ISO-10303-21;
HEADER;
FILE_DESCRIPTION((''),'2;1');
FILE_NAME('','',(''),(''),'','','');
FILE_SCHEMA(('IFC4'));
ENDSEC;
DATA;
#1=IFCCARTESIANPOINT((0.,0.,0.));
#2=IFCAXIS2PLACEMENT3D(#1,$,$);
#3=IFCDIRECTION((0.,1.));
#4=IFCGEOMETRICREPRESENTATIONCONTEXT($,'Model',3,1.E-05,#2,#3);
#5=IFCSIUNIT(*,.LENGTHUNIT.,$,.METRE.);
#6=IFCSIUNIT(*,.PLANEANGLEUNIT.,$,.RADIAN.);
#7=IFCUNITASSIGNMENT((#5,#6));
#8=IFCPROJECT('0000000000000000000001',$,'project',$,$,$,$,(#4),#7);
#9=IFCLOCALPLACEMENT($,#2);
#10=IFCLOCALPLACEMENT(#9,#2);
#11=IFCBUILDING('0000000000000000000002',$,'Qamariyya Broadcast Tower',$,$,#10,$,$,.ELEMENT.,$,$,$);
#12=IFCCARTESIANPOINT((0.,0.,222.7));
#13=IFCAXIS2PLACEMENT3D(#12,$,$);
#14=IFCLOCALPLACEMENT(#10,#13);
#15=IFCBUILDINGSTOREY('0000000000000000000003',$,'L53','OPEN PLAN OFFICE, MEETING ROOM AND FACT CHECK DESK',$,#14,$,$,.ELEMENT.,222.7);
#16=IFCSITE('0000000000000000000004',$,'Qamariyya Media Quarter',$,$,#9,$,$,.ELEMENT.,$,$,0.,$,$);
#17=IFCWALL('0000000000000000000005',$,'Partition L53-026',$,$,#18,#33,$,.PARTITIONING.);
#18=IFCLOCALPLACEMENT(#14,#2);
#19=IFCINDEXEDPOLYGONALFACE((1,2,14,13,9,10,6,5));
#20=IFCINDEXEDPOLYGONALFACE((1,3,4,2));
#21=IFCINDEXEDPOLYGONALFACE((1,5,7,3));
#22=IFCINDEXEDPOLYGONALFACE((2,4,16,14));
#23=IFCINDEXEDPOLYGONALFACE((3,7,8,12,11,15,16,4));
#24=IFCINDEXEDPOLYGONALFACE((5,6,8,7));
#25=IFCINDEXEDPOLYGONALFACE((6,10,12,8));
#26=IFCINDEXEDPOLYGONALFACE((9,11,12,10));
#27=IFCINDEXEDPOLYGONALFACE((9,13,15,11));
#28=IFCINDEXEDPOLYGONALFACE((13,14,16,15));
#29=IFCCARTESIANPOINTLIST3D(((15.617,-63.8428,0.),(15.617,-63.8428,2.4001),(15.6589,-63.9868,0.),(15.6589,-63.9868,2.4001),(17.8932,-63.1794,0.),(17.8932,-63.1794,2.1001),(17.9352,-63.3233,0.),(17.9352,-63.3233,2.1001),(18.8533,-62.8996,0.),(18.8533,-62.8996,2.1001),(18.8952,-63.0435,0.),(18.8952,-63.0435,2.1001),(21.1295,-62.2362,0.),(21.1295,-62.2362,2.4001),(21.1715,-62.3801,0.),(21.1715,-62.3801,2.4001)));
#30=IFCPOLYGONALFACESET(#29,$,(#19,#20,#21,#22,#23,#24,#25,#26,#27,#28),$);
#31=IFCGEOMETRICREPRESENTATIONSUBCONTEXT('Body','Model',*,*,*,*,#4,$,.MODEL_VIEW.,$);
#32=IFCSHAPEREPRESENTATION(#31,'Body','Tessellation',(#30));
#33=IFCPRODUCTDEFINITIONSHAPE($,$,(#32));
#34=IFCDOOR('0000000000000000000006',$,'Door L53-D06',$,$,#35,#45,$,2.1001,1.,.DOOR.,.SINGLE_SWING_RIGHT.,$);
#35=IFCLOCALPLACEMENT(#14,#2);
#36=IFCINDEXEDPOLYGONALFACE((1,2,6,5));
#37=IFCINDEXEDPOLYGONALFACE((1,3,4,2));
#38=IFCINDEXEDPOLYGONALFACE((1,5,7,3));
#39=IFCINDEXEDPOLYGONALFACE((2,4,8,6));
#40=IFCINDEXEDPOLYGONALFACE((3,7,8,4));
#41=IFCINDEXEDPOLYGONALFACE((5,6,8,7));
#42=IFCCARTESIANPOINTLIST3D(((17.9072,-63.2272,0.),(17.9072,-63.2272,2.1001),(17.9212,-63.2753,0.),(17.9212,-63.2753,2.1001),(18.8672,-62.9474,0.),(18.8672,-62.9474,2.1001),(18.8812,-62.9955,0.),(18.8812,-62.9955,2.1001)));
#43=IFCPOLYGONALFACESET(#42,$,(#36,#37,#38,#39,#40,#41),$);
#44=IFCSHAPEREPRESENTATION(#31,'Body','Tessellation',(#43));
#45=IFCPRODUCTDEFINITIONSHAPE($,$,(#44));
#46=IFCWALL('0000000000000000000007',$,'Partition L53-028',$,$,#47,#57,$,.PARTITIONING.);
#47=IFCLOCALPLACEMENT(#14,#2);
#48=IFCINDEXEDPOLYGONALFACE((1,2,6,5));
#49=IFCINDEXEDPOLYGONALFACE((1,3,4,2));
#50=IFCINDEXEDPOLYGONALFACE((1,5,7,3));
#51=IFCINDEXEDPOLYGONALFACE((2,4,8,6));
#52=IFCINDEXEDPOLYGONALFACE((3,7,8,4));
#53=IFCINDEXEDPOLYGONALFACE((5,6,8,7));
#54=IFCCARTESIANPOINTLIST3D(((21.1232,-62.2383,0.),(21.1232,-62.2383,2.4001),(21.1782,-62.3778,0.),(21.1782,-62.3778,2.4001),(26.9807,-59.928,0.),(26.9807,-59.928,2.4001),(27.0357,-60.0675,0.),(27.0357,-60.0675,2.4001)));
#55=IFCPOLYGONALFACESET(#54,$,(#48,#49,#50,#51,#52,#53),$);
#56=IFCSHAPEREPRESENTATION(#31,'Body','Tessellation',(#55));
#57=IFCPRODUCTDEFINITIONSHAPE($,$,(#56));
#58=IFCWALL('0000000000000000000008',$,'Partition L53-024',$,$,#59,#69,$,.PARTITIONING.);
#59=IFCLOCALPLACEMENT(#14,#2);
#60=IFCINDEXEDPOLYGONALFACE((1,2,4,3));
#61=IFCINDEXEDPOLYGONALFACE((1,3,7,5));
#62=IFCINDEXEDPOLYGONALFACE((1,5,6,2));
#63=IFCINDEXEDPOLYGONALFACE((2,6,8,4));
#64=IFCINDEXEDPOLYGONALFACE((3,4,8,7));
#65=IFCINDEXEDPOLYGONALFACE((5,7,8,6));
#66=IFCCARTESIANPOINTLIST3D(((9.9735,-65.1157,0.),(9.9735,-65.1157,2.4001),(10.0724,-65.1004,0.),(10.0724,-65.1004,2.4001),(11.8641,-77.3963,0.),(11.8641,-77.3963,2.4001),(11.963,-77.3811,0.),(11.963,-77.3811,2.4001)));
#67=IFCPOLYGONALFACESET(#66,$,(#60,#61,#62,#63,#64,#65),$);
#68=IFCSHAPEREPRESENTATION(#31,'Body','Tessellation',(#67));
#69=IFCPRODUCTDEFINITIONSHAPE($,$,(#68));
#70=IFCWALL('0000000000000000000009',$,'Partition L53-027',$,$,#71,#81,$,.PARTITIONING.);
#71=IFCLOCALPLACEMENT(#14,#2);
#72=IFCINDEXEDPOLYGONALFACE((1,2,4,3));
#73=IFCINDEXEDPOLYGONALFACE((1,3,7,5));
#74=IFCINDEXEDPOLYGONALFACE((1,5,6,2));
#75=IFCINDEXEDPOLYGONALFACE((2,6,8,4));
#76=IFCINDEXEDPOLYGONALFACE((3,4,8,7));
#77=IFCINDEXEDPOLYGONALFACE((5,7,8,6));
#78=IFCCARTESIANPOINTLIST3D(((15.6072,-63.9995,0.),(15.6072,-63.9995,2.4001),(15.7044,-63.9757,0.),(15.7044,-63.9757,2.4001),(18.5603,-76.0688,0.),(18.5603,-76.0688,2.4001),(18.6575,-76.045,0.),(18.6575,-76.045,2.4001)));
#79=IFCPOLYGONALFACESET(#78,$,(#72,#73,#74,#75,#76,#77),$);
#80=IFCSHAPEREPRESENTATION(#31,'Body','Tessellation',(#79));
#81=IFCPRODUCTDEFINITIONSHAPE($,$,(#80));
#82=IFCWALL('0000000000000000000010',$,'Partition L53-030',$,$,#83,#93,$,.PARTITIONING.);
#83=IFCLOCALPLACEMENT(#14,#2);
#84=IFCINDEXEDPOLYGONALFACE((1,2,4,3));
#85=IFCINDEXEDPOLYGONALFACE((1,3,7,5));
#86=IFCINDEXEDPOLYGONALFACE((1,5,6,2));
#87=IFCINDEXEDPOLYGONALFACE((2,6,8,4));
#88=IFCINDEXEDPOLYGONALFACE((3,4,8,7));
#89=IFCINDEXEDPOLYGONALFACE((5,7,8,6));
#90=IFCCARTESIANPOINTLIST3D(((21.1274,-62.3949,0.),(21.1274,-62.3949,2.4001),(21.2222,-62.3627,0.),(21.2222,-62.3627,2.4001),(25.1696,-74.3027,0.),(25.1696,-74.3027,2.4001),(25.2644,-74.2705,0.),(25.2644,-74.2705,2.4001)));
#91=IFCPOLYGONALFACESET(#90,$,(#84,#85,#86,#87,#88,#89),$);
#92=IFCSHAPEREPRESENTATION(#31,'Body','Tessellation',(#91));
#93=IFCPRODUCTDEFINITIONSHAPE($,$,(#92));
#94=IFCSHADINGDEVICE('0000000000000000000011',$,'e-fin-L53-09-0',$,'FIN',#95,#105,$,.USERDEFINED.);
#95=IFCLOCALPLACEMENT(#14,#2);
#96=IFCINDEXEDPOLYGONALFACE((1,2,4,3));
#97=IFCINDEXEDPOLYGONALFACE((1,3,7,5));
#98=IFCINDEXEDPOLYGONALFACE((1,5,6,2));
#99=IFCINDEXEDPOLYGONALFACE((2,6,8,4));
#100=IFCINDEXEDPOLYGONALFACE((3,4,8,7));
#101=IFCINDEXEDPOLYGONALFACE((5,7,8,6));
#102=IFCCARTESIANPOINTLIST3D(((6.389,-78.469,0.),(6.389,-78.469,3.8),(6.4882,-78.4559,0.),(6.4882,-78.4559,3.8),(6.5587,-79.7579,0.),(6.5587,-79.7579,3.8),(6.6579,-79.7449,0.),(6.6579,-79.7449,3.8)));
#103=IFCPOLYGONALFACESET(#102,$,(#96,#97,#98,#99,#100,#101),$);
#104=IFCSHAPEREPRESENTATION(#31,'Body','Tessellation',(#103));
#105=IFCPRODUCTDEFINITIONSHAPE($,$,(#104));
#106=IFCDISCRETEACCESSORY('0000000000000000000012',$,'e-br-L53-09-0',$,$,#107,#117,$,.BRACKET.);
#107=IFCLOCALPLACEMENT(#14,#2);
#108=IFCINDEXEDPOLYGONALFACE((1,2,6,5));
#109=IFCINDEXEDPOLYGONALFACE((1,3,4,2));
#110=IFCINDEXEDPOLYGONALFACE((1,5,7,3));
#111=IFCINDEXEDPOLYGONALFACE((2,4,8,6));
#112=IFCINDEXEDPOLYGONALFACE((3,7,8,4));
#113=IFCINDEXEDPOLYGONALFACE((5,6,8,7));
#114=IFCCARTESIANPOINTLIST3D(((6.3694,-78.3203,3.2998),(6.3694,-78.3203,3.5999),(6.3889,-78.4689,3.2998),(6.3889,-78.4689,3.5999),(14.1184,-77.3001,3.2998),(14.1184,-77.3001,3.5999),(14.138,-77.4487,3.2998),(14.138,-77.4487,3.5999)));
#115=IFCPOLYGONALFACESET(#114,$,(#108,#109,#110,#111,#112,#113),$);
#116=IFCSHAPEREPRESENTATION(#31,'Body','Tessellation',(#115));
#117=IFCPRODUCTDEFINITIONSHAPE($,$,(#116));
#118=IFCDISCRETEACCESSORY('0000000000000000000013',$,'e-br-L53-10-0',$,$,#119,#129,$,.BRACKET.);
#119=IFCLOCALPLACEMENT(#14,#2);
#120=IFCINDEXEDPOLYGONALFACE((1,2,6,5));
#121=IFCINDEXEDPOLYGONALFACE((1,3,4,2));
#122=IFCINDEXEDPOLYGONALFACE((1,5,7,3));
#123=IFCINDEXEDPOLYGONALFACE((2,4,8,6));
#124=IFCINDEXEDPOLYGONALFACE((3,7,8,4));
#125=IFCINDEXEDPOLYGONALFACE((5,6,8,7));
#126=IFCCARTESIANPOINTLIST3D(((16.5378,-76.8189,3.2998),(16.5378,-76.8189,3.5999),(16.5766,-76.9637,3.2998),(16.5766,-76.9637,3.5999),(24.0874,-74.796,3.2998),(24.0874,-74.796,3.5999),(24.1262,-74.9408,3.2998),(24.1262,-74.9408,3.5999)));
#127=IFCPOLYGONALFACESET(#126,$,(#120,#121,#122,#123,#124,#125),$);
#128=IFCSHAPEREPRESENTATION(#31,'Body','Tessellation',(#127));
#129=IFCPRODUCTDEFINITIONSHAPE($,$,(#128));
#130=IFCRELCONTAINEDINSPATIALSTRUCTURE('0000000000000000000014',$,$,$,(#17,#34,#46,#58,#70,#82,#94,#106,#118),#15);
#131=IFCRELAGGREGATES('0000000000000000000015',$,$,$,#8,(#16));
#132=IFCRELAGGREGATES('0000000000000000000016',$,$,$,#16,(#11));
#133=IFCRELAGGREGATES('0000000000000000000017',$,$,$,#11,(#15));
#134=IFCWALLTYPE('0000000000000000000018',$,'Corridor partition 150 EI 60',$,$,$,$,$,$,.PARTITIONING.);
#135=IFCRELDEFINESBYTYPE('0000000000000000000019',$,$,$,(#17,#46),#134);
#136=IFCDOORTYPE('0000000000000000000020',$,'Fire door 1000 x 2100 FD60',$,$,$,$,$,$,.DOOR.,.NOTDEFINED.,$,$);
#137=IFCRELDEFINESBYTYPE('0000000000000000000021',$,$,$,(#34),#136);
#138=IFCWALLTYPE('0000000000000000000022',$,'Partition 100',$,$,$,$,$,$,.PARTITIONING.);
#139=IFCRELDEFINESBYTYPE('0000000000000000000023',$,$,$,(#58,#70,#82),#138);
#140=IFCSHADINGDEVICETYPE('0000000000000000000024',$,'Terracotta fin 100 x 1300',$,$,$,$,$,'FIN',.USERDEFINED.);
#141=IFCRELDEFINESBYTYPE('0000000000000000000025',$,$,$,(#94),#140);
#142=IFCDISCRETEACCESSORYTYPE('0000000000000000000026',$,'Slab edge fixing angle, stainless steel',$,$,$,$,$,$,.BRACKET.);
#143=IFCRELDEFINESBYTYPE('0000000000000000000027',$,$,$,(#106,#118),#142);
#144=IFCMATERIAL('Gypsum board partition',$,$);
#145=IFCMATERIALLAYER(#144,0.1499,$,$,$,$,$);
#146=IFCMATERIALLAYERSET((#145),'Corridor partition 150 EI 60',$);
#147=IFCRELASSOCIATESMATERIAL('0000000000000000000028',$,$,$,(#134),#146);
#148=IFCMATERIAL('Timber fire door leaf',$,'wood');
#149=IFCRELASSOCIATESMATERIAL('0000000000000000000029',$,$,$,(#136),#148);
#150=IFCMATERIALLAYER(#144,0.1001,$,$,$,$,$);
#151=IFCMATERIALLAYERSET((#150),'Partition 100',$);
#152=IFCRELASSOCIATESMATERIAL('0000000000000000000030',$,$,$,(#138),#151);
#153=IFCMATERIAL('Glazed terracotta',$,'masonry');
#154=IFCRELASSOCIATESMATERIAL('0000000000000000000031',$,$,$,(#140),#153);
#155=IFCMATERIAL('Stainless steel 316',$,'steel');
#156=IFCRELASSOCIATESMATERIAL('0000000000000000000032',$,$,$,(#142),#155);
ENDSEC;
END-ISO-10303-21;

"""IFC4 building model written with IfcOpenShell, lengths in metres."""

from ifc_helpers import new_model, si_unit, direction, frame, frame_2d, origin, origin_2d, place, context, subcontext, project, spatial, rectangle, extrude, material, layer, layer_set, material_profile, profile_set, type_object, element, fill, save


model = new_model("IFC4")

# Units and contexts
model_context = context("Model", 3, precision=1e-05, world=origin(), true_north=direction((0.0, 1.0)))
body_context = subcontext(model_context, "Body", "Model", "MODEL_VIEW")
ifc_project = project(units=[si_unit("LENGTHUNIT", "METRE"), si_unit("PLANEANGLEUNIT", "RADIAN")], contexts=[model_context])

# Site, building, storey
site_placement = place(None, origin())
site = spatial("IfcSite", under=ifc_project, at=site_placement, Name="Qamariyya Media Quarter", CompositionType="ELEMENT", RefElevation=0.0)
building_placement = place(site_placement, origin())
building = spatial("IfcBuilding", under=site, at=building_placement, Name="Qamariyya Broadcast Tower", CompositionType="ELEMENT")
storey_placement = place(building_placement, frame((0.0, 0.0, 222.7)))
storey = spatial("IfcBuildingStorey", under=building, at=storey_placement, Name="L53", Description="OPEN PLAN OFFICE, MEETING ROOM AND FACT CHECK DESK", CompositionType="ELEMENT", Elevation=222.7)

# Wall, opening, door
ifc_material_1 = material(Name="Gypsum board partition")
ifc_layer_1 = layer(ifc_material_1, 0.1499)
ifc_layer_set_1 = layer_set([ifc_layer_1], Name="Corridor partition 150 EI 60")
wall_type_1 = type_object("IfcWallType", Name="Corridor partition 150 EI 60", PredefinedType="PARTITIONING", material=ifc_layer_set_1)
ifc_material_2 = material(Name="Timber fire door leaf", Category="wood")
door_type = type_object("IfcDoorType", Name="Fire door 1000 x 2100 FD60", OperationType="NOTDEFINED", PredefinedType="DOOR", material=ifc_material_2)
wall_1_placement = place(storey_placement, frame((21.1506, -62.3081, 0.0), z_axis=(0.0, 0.0, 1.0), x_axis=(-0.960055, -0.279811, 0.0)))
wall_1 = element("IfcWall", 1, at=wall_1_placement, inside=storey, type_object=wall_type_1, Name="Partition L53-026", PredefinedType="PARTITIONING", context=body_context, shape_type="SweptSolid", body=[
    extrude(rectangle(XDim=5.7419, YDim=0.1499, at=frame_2d((2.8711, 0.0))), origin(), (0.0, 0.0, 1.0), 2.4001),
])
opening_1_placement = place(wall_1_placement, frame((2.3711, 0.0, 0.0)))
opening_1 = element("IfcOpeningElement", 2, at=opening_1_placement, cuts=wall_1, PredefinedType="OPENING", context=body_context, shape_type="SweptSolid", body=[
    extrude(rectangle(XDim=1.0, YDim=2.1001, at=frame_2d((0.5, 1.05))), frame((0.0, 0.085, 0.0), z_axis=(0.0, -1.0, 0.0), x_axis=(1.0, 0.0, 0.0)), (0.0, 0.0, 1.0), 0.1699),
])
door_1_placement = place(opening_1_placement, origin())
door_1 = element("IfcDoor", 3, at=door_1_placement, inside=storey, type_object=door_type, Name="Door L53-D06", OperationType="SINGLE_SWING_RIGHT", OverallHeight=2.1001, OverallWidth=1.0, PredefinedType="DOOR", context=body_context, shape_type="SweptSolid", body=[
    extrude(rectangle(XDim=1.0, YDim=2.1001, at=frame_2d((0.5, 1.05))), frame((0.0, 0.0249, 0.0), z_axis=(0.0, -1.0, 0.0), x_axis=(1.0, 0.0, 0.0)), (0.0, 0.0, 1.0), 0.05),
])
fill(opening_1, door_1)

# Walls
wall_2_placement = place(storey_placement, frame((21.1506, -62.3081, 0.0), z_axis=(0.0, 0.0, 1.0), x_axis=(0.930255, 0.366914, 0.0)))
element("IfcWall", 4, at=wall_2_placement, inside=storey, type_object=wall_type_1, Name="Partition L53-028", PredefinedType="PARTITIONING", context=body_context, shape_type="SweptSolid", body=[
    extrude(rectangle(XDim=6.2966, YDim=0.1499, at=frame_2d((3.1484, 0.0))), origin(), (0.0, 0.0, 1.0), 2.4001),
])
ifc_layer_2 = layer(ifc_material_1, 0.1001)
ifc_layer_set_2 = layer_set([ifc_layer_2], Name="Partition 100")
wall_type_2 = type_object("IfcWallType", Name="Partition 100", PredefinedType="PARTITIONING", material=ifc_layer_set_2)
for number, where, z_axis, x_axis, name in (
    (5, (11.9136, -77.3887, 0.0), (0.0, 0.0, 1.0), (-0.152161, 0.988356, 0.0), "Partition L53-024"),
    (6, (18.6089, -76.0569, 0.0), (0.0, 0.0, 1.0), (-0.237669, 0.971346, 0.0), "Partition L53-027"),
):
    element("IfcWall", number, at=place(storey_placement, frame(where, z_axis=z_axis, x_axis=x_axis)), inside=storey, type_object=wall_type_2, Name=name, PredefinedType="PARTITIONING", context=body_context, shape_type="SweptSolid", body=[
        extrude(rectangle(XDim=12.4253, YDim=0.1001, at=frame_2d((6.2126, 0.0))), origin(), (0.0, 0.0, 1.0), 2.4001),
    ])
wall_3_placement = place(storey_placement, frame((25.217, -74.2866, 0.0), z_axis=(0.0, 0.0, 1.0), x_axis=(-0.321447, 0.946927, 0.0)))
element("IfcWall", 7, at=wall_3_placement, inside=storey, type_object=wall_type_2, Name="Partition L53-030", PredefinedType="PARTITIONING", context=body_context, shape_type="SweptSolid", body=[
    extrude(rectangle(XDim=12.5752, YDim=0.1001, at=frame_2d((6.2876, 0.0))), origin(), (0.0, 0.0, 1.0), 2.4001),
])

# Shading device
ifc_material_3 = material(Name="Glazed terracotta", Category="masonry")
ifc_material_profile_1 = material_profile(ifc_material_3, rectangle(XDim=1.3, YDim=0.1001, at=origin_2d()))
ifc_profile_set_1 = profile_set([ifc_material_profile_1], Name="Glazed terracotta")
shading_device_type_1 = type_object("IfcShadingDeviceType", Name="Terracotta fin 100 x 1300", ElementType="FIN", PredefinedType="USERDEFINED", material=ifc_profile_set_1)
shading_device_1_placement = place(storey_placement, frame((6.5234, -79.1069, 0.0), z_axis=(0.0, 0.0, 1.0), x_axis=(0.130526, -0.991445, 0.0)))
element("IfcShadingDevice", 8, at=shading_device_1_placement, inside=storey, type_object=shading_device_type_1, Name="e-fin-L53-09-0", ObjectType="FIN", PredefinedType="USERDEFINED", context=body_context, shape_type="SweptSolid", body=[
    extrude(rectangle(XDim=1.3, YDim=0.1001, at=origin_2d()), origin(), (0.0, 0.0, 1.0), 3.8),
])

# Discrete accessories
ifc_material_4 = material(Name="Stainless steel 316", Category="steel")
discrete_accessory_type = type_object("IfcDiscreteAccessoryType", Name="Slab edge fixing angle, stainless steel", PredefinedType="BRACKET", material=ifc_material_4)
for number, where, z_axis, x_axis, name in (
    (9, (10.2537, -77.8845, 3.2998), (0.0, 0.0, 1.0), (0.991445, 0.130526, 0.0), "e-br-L53-09-0"),
    (10, (20.332, -75.8799, 3.2998), (0.0, 0.0, 1.0), (0.965926, 0.258819, 0.0), "e-br-L53-10-0"),
):
    element("IfcDiscreteAccessory", number, at=place(storey_placement, frame(where, z_axis=z_axis, x_axis=x_axis)), inside=storey, type_object=discrete_accessory_type, Name=name, PredefinedType="BRACKET", context=body_context, shape_type="SweptSolid", body=[
        extrude(rectangle(XDim=7.8159, YDim=0.1499, at=origin_2d()), origin(), (0.0, 0.0, 1.0), 0.3),
    ])

save(model, "model.ifc")
